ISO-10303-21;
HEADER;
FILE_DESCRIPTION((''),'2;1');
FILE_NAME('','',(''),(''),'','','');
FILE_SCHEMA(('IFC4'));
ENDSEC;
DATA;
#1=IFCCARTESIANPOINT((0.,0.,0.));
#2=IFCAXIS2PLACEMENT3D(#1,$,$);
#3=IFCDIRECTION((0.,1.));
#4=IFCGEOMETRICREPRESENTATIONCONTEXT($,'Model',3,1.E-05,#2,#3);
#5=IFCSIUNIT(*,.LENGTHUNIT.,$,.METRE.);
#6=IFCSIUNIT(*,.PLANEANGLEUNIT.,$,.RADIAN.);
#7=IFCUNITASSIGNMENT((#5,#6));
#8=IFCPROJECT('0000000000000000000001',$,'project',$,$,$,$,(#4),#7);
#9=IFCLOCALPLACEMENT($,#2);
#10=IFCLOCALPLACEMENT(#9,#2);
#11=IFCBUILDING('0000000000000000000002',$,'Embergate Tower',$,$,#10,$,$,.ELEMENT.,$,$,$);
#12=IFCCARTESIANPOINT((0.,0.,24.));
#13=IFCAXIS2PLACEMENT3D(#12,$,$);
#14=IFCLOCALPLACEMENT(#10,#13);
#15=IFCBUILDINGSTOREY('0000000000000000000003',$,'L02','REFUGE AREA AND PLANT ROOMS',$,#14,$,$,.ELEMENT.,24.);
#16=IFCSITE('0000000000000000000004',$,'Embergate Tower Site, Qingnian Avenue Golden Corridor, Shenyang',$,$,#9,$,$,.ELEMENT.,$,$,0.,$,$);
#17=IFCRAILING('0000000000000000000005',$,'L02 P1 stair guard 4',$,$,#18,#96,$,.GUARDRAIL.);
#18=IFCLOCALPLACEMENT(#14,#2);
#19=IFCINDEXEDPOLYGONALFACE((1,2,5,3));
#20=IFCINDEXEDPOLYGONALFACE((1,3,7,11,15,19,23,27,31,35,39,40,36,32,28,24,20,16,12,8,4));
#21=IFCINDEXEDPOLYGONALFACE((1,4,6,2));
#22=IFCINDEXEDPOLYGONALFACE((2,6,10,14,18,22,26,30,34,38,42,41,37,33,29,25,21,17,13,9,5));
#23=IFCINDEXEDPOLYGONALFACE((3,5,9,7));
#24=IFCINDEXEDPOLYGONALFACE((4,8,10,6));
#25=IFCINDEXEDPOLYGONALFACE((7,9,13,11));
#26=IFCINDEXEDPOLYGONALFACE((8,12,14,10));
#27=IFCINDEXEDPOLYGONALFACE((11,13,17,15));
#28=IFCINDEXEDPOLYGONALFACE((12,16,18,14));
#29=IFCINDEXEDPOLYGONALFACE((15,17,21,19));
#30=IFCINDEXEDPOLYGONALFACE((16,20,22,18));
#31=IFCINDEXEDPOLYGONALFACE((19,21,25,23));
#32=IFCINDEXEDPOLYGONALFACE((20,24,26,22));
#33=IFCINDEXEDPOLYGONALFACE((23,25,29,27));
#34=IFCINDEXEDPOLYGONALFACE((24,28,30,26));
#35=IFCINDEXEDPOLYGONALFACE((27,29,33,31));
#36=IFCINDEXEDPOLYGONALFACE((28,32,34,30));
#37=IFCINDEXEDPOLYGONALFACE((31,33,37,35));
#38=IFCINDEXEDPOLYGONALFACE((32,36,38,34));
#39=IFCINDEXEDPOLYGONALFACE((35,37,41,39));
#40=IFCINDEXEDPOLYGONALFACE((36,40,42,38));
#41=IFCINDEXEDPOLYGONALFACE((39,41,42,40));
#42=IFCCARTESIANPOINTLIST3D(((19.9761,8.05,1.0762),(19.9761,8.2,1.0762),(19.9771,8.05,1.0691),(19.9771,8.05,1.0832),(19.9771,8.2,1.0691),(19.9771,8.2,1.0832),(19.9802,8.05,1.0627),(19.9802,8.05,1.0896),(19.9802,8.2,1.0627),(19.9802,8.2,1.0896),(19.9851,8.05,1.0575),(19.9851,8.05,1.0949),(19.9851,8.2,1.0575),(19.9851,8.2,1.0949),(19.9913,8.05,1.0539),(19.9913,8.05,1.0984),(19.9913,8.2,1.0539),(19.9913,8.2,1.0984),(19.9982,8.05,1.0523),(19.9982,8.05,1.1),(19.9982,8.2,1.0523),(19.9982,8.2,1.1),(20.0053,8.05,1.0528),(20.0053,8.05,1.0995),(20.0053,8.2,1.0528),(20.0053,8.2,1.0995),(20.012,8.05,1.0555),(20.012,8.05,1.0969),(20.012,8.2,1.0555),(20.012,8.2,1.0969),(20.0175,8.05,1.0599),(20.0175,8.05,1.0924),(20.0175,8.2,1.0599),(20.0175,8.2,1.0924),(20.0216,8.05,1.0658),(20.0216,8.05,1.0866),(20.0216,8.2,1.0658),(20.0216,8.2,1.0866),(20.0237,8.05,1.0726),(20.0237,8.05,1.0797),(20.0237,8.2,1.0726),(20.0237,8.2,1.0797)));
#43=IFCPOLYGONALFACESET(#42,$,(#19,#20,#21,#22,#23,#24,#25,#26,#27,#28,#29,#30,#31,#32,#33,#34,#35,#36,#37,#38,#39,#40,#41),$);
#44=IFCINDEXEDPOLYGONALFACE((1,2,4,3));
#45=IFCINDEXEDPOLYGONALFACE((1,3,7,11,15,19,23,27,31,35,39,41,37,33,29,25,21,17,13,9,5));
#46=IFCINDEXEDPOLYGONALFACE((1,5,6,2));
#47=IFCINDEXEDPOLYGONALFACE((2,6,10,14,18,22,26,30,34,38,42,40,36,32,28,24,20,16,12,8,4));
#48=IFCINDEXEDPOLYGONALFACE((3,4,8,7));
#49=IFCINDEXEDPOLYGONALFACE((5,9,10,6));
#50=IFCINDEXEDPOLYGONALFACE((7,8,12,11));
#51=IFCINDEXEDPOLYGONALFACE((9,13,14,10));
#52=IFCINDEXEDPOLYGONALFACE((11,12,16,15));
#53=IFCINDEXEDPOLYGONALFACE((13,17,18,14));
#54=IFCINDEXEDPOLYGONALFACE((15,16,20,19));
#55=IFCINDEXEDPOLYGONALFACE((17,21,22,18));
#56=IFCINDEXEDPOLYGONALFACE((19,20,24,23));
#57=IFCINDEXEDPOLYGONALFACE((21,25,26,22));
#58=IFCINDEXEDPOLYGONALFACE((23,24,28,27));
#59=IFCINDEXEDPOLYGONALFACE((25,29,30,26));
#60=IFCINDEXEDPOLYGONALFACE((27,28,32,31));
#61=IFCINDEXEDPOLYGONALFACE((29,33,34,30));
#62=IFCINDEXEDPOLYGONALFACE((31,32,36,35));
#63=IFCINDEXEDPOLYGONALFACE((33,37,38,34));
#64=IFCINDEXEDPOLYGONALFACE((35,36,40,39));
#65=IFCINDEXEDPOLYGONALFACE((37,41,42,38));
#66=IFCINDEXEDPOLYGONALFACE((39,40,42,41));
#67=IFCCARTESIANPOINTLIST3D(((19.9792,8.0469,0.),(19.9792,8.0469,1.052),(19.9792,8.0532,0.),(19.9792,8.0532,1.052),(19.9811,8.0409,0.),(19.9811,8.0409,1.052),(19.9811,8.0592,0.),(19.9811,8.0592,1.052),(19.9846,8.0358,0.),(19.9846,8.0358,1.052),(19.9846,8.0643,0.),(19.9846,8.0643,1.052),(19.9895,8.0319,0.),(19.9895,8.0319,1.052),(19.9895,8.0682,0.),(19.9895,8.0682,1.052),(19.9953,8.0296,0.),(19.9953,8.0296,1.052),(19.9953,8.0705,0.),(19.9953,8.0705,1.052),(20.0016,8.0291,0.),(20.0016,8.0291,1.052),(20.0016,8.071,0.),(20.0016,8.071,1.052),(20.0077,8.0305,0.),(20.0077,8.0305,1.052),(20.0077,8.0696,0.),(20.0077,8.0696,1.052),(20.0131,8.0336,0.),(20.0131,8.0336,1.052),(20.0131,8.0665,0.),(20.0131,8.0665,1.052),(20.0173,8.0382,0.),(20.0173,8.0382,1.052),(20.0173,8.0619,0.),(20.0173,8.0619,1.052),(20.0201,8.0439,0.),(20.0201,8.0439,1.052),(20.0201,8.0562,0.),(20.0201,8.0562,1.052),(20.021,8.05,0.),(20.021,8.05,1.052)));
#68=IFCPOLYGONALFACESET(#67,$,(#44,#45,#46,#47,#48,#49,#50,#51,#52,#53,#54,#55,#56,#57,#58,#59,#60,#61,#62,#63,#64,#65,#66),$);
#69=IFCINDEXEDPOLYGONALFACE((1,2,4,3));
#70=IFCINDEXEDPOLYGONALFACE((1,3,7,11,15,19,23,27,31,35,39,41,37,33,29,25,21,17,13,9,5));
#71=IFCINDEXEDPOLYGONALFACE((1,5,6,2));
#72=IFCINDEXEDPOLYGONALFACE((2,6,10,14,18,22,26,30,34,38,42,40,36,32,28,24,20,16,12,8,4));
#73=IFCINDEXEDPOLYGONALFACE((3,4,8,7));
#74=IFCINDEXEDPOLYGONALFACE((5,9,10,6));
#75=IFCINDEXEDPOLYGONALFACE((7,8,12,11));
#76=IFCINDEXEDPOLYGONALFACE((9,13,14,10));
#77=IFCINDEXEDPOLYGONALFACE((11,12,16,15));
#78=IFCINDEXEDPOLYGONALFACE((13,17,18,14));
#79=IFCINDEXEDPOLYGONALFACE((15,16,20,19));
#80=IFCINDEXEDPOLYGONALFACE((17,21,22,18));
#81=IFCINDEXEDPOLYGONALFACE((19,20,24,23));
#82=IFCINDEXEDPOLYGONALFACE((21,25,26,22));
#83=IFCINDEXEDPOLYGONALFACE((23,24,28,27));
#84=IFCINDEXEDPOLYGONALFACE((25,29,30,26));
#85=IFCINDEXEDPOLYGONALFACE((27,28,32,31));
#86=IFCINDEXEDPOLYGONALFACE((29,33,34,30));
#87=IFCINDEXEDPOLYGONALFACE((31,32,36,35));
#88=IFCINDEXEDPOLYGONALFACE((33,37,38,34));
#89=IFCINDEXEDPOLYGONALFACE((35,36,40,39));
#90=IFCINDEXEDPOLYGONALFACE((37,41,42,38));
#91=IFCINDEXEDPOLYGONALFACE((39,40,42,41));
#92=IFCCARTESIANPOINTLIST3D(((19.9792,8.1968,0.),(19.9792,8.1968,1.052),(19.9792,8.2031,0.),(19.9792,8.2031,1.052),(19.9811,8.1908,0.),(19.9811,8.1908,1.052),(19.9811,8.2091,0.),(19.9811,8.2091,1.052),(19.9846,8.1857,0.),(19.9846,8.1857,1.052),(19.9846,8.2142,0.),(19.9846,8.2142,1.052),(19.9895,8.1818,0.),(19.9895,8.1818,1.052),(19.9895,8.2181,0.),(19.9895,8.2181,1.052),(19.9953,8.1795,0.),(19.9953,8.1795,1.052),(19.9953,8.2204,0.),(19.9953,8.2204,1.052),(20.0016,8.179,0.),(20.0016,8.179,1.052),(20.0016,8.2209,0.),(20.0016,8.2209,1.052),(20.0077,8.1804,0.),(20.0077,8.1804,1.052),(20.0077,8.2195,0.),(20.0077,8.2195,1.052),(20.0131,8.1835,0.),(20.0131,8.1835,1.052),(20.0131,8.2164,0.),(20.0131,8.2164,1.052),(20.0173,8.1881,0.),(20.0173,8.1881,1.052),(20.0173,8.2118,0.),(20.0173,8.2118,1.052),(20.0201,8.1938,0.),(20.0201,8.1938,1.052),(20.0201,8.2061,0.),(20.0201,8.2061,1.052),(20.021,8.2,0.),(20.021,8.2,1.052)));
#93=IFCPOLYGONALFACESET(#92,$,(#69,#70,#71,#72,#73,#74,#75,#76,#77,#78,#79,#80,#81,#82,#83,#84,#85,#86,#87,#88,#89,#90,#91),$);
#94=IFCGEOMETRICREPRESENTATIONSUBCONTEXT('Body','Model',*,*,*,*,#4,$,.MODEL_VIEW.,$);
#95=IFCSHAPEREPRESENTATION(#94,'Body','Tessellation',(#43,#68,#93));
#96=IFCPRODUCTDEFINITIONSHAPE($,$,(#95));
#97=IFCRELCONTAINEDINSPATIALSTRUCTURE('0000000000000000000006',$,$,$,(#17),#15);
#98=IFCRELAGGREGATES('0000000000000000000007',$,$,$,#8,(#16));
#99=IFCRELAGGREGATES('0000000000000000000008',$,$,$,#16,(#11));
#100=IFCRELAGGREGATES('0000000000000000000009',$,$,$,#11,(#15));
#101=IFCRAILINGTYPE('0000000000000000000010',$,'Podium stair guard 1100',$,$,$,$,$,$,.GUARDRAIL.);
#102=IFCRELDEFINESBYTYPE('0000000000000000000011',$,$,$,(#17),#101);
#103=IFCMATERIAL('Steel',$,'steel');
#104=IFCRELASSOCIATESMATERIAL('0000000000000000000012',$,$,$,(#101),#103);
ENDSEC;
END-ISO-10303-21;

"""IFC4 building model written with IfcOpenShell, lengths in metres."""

from ifc_helpers import new_model, si_unit, direction, frame, origin, origin_2d, place, context, subcontext, project, spatial, circle, extrude, source, transform, mapped, material, type_object, element, save


model = new_model("IFC4")

# Units and contexts
model_context = context("Model", 3, precision=1e-05, world=origin(), true_north=direction((0.0, 1.0)))
body_context = subcontext(model_context, "Body", "Model", "MODEL_VIEW")
ifc_project = project(units=[si_unit("LENGTHUNIT", "METRE"), si_unit("PLANEANGLEUNIT", "RADIAN")], contexts=[model_context])

# Site, building, storey
site_placement = place(None, origin())
site = spatial("IfcSite", under=ifc_project, at=site_placement, Name="Embergate Tower Site, Qingnian Avenue Golden Corridor, Shenyang", CompositionType="ELEMENT", RefElevation=0.0)
building_placement = place(site_placement, origin())
building = spatial("IfcBuilding", under=site, at=building_placement, Name="Embergate Tower", CompositionType="ELEMENT")
storey_placement = place(building_placement, frame((0.0, 0.0, 24.0)))
storey = spatial("IfcBuildingStorey", under=building, at=storey_placement, Name="L02", Description="REFUGE AREA AND PLANT ROOMS", CompositionType="ELEMENT", Elevation=24.0)

# Railing
ifc_material_1 = material(Name="Steel", Category="steel")
railing_type_1 = type_object("IfcRailingType", Name="Podium stair guard 1100", PredefinedType="GUARDRAIL", material=ifc_material_1)
shared_shape_1 = source(origin(), body_context, "Body", "SweptSolid", [
    extrude(circle(Radius=0.0239, at=origin_2d()), frame((0.0, 0.0, 1.0762), z_axis=(0.0, 1.0, 0.0), x_axis=(-1.0, 0.0, 0.0)), (0.0, 0.0, 1.0), 0.1499),
    extrude(circle(Radius=0.021, at=origin_2d()), origin(), (0.0, 0.0, 1.0), 1.052),
    extrude(circle(Radius=0.021, at=origin_2d()), frame((0.0, 0.1499, 0.0)), (0.0, 0.0, 1.0), 1.052),
])
for number, where, name in (
    (1, (20.0, 8.05, 0.0), "L02 P1 stair guard 4"),
):
    element("IfcRailing", number, at=place(storey_placement, frame(where)), inside=storey, type_object=railing_type_1, Name=name, PredefinedType="GUARDRAIL", context=body_context, shape_type="MappedRepresentation", body=[
        mapped(shared_shape_1, transform((0.0, 0.0, 0.0))),
    ])

save(model, "model.ifc")
